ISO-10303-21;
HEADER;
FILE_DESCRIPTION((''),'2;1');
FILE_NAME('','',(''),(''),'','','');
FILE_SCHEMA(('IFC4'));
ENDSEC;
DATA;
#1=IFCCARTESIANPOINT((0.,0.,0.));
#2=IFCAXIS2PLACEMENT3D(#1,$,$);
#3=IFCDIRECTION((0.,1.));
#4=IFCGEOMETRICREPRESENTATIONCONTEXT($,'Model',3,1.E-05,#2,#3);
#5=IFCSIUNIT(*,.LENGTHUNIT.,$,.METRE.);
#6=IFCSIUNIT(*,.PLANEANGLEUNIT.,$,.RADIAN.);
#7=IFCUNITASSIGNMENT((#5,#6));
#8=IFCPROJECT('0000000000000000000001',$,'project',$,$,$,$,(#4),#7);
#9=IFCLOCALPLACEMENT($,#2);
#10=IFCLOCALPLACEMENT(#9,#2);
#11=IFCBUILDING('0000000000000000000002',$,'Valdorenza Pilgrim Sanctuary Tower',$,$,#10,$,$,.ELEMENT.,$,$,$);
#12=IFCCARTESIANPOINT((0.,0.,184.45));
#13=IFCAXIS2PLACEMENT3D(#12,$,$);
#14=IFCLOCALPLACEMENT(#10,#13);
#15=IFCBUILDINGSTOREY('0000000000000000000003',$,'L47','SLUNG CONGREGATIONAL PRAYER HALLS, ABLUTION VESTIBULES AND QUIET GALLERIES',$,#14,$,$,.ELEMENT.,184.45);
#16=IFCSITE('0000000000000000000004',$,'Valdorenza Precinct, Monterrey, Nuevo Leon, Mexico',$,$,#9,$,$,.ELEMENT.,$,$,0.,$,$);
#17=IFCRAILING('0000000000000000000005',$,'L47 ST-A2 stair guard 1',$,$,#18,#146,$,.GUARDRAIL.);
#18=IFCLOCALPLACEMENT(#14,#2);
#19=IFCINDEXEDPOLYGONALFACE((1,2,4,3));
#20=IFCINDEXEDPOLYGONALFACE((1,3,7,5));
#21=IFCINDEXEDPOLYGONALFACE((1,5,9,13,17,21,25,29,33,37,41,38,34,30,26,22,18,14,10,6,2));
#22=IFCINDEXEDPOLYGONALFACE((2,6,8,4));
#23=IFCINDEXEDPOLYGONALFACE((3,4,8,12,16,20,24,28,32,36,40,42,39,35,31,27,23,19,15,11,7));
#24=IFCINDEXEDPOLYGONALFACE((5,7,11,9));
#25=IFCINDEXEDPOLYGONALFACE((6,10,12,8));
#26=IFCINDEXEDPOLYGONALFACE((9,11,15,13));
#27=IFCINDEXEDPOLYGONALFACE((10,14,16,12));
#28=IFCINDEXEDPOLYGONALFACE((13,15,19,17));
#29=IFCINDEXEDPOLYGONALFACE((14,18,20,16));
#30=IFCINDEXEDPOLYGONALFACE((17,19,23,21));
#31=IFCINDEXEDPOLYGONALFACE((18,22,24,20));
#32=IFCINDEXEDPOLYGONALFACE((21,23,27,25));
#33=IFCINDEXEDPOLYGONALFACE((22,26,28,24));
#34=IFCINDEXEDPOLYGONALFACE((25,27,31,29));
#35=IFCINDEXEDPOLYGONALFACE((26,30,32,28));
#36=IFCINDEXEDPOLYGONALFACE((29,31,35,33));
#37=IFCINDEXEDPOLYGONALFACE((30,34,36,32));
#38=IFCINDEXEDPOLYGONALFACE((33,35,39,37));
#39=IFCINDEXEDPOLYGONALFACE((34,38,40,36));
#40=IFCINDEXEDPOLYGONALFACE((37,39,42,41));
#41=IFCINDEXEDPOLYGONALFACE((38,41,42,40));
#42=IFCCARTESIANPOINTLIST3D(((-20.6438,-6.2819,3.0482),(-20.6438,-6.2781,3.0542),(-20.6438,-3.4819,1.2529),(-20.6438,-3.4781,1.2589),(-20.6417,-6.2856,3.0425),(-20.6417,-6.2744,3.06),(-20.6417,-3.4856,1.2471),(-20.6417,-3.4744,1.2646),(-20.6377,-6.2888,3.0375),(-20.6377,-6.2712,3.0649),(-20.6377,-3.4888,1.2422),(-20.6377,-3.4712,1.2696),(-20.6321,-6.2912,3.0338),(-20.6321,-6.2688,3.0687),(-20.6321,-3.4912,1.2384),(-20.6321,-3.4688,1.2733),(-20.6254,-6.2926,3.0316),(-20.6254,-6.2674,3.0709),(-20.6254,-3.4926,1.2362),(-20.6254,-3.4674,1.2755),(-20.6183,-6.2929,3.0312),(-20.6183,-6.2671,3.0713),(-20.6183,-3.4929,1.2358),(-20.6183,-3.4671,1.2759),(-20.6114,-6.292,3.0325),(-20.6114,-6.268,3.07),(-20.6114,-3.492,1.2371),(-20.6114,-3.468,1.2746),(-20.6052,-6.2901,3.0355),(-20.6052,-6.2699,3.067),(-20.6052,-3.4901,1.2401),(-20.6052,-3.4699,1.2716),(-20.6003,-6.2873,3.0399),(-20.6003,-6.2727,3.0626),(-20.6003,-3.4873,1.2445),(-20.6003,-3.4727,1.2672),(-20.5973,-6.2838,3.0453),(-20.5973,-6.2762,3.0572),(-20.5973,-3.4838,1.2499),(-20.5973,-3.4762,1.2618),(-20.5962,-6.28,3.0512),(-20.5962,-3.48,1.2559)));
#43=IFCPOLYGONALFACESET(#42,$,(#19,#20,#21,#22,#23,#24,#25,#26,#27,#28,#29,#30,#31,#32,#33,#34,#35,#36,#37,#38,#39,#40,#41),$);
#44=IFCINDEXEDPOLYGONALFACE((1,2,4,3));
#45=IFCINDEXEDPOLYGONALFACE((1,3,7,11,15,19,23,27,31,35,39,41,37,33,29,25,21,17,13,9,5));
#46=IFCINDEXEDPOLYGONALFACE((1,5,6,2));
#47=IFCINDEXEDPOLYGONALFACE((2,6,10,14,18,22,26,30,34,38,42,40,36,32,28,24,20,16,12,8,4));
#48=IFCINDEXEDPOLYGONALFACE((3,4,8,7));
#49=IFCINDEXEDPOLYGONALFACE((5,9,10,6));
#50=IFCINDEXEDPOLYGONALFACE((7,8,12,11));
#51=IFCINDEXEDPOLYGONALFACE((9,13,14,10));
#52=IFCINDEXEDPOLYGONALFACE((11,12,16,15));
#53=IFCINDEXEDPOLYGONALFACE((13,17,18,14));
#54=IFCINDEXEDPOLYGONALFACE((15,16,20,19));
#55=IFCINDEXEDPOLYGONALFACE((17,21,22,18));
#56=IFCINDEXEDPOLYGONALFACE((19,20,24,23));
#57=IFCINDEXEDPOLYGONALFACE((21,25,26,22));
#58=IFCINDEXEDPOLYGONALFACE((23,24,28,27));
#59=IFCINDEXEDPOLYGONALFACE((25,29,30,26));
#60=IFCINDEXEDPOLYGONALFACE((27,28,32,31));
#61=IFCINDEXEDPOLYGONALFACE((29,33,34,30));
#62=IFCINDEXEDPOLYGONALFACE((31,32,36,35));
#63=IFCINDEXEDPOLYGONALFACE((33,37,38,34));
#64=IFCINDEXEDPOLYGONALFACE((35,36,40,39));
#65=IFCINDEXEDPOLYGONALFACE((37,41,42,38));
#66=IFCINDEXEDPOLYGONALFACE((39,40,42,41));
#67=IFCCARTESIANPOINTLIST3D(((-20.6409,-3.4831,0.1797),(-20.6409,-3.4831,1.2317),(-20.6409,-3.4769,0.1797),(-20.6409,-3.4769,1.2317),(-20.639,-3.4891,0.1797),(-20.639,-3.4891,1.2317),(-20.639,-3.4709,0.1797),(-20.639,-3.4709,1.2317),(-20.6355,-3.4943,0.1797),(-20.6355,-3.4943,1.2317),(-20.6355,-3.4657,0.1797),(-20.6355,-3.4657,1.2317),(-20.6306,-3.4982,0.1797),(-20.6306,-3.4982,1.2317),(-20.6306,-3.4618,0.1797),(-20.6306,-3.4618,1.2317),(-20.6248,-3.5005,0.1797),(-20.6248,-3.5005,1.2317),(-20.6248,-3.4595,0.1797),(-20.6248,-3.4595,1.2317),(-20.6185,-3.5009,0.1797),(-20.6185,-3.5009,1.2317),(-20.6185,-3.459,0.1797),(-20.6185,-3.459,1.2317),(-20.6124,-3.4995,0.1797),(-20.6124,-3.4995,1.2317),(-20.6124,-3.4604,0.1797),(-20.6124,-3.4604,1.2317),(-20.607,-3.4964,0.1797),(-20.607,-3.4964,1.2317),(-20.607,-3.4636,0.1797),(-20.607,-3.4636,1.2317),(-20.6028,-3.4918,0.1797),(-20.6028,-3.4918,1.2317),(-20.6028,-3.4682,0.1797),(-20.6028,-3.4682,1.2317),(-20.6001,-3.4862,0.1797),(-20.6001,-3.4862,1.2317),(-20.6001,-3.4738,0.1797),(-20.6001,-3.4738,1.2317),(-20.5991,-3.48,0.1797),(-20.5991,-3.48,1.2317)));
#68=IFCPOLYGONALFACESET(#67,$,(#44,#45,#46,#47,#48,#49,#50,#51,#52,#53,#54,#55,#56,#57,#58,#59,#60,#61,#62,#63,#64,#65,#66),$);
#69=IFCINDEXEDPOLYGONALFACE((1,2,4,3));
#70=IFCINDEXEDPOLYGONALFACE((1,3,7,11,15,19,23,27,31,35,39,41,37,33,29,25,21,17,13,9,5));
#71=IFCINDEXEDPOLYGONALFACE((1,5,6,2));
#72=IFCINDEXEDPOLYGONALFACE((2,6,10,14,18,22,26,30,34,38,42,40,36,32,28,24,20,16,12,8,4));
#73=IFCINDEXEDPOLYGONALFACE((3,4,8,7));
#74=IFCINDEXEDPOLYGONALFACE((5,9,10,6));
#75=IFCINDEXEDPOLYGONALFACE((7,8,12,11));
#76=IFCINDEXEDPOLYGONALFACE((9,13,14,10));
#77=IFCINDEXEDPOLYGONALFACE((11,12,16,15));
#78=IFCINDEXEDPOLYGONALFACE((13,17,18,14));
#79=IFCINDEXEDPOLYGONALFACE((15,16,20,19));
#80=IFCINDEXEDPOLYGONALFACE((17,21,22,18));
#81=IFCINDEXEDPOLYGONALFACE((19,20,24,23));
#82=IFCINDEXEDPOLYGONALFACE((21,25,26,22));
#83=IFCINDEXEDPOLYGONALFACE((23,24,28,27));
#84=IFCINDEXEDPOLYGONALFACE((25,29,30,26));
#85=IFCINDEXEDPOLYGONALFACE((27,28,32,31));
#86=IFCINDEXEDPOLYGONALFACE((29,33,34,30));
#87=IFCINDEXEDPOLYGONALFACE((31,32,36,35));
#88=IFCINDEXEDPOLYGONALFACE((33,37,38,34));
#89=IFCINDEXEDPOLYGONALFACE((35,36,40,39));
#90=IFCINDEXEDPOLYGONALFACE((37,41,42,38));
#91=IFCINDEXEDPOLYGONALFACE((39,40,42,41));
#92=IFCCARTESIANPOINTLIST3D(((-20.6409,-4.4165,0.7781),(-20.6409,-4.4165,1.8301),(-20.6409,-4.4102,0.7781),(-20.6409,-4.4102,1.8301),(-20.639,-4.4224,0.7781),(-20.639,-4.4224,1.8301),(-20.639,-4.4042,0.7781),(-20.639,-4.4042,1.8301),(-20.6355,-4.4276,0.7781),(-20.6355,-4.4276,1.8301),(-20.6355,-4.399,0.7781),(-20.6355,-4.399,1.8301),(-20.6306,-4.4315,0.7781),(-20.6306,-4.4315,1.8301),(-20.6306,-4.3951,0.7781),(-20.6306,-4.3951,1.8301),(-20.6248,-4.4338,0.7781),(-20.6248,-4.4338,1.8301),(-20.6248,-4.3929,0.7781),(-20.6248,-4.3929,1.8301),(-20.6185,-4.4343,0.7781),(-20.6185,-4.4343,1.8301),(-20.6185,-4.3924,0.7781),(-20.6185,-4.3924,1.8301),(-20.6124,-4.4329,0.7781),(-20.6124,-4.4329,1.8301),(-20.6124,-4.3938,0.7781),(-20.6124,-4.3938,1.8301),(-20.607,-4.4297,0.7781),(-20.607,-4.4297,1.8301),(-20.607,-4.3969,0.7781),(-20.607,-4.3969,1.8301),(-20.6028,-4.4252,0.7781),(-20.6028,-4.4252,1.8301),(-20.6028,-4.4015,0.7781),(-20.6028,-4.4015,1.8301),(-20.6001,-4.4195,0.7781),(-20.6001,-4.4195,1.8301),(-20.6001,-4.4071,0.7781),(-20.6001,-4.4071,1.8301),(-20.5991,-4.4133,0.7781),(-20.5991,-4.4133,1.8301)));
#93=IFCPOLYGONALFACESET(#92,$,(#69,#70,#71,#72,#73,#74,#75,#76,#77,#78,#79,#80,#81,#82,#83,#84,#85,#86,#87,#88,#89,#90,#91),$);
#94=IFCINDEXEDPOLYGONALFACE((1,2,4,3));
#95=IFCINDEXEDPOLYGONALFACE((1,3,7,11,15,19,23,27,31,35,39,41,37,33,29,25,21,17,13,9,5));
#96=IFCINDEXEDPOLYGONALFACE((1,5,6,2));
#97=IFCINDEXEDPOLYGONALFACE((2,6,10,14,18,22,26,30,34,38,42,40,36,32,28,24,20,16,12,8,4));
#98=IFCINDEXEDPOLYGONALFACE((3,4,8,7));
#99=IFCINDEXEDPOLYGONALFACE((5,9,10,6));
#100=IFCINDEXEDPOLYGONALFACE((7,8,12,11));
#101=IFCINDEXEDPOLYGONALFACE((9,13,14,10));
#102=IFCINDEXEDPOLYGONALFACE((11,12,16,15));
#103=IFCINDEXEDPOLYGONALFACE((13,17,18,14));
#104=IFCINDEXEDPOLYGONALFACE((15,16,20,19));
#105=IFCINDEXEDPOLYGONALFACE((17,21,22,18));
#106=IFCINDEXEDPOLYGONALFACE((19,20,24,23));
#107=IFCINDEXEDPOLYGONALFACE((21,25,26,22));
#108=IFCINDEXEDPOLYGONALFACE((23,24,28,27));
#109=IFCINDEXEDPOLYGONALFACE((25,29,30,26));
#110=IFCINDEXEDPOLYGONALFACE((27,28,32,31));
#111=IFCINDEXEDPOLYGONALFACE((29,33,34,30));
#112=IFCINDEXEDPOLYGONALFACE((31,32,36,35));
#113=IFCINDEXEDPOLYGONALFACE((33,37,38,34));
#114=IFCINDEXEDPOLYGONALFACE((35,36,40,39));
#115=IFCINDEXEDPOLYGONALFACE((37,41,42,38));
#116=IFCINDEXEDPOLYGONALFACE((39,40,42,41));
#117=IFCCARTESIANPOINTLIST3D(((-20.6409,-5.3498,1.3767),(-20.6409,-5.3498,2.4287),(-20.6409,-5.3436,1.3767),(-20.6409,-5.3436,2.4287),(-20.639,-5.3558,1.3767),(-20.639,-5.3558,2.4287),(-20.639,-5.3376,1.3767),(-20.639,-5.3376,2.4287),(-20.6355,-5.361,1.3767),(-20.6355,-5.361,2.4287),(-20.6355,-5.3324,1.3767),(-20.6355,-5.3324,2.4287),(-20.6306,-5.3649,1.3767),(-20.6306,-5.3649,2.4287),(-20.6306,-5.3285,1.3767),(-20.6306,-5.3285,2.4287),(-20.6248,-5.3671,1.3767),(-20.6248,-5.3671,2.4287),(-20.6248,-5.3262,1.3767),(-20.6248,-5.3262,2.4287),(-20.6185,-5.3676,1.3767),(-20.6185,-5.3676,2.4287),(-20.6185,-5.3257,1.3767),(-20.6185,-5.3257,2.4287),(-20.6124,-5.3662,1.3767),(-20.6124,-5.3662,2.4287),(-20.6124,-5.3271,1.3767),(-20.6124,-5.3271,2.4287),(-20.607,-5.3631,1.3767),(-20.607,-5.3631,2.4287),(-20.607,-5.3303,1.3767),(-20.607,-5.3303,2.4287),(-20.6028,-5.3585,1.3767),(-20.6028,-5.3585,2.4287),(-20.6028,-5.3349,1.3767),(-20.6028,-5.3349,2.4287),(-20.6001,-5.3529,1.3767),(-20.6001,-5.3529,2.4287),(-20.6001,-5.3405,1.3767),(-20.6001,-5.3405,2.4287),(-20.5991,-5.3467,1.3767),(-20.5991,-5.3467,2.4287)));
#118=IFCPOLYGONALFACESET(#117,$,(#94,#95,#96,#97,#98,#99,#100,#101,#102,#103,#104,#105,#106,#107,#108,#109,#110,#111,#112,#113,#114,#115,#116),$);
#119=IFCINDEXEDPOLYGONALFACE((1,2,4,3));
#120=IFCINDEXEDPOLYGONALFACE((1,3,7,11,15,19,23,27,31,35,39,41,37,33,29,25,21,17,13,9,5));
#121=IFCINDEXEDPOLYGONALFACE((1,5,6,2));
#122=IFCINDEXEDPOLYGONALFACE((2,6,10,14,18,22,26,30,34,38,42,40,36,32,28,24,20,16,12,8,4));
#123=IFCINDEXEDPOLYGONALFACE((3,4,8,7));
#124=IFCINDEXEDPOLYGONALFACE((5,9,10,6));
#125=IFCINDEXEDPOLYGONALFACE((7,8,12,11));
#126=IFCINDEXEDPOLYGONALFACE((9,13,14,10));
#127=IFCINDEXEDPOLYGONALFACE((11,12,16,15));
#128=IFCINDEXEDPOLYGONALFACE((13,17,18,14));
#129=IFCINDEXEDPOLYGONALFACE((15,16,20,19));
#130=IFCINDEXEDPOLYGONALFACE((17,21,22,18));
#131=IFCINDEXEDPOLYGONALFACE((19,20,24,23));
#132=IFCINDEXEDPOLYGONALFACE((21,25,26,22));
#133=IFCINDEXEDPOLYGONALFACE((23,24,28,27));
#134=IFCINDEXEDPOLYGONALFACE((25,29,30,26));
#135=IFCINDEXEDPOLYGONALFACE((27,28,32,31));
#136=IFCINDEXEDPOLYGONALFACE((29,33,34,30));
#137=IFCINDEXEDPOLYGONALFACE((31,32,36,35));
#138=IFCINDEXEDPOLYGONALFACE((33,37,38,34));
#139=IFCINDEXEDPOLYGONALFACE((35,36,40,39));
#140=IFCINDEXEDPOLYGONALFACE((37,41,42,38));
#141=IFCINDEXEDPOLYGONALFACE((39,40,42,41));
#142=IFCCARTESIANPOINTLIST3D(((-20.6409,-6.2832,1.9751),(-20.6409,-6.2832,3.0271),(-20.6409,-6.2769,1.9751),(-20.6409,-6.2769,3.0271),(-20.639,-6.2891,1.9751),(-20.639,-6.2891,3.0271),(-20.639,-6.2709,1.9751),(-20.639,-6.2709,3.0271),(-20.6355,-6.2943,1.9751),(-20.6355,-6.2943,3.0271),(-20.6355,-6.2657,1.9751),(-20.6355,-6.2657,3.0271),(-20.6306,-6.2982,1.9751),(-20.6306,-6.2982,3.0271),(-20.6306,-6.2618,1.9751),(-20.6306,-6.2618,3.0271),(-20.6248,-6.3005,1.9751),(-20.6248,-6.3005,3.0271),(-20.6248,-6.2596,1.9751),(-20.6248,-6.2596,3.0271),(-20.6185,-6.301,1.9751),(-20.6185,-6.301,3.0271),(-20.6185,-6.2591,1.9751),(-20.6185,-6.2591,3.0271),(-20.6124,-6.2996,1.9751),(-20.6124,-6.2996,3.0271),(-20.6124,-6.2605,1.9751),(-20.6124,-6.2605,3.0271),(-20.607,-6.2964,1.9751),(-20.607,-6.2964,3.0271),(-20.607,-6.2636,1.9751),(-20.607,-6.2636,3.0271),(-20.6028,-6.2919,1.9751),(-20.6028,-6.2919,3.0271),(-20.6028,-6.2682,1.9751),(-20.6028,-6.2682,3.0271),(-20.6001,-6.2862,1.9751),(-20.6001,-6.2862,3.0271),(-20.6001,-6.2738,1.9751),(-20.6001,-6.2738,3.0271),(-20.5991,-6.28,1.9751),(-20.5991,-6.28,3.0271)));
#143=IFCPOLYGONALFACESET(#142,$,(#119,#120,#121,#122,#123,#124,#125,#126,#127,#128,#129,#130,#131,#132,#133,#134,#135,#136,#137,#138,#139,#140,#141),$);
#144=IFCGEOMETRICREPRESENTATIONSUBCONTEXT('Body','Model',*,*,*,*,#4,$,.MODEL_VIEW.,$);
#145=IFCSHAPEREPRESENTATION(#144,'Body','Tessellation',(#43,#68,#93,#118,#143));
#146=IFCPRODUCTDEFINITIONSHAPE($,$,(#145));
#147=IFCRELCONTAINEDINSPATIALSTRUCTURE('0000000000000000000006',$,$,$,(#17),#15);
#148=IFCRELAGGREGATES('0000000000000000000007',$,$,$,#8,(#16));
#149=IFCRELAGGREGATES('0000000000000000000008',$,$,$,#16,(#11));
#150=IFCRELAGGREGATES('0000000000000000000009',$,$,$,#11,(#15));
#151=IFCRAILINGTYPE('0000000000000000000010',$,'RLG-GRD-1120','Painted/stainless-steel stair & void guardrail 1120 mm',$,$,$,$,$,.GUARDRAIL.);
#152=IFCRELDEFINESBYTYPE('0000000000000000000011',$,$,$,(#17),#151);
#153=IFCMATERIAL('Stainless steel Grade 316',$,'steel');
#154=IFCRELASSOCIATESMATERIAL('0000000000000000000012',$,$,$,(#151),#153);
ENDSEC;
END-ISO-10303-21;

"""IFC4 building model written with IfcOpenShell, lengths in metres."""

from ifc_helpers import new_model, si_unit, direction, frame, origin, origin_2d, place, context, subcontext, project, spatial, circle, extrude, material, type_object, element, save


model = new_model("IFC4")

# Units and contexts
model_context = context("Model", 3, precision=1e-05, world=origin(), true_north=direction((0.0, 1.0)))
body_context = subcontext(model_context, "Body", "Model", "MODEL_VIEW")
ifc_project = project(units=[si_unit("LENGTHUNIT", "METRE"), si_unit("PLANEANGLEUNIT", "RADIAN")], contexts=[model_context])

# Site, building, storey
site_placement = place(None, origin())
site = spatial("IfcSite", under=ifc_project, at=site_placement, Name="Valdorenza Precinct, Monterrey, Nuevo Leon, Mexico", CompositionType="ELEMENT", RefElevation=0.0)
building_placement = place(site_placement, origin())
building = spatial("IfcBuilding", under=site, at=building_placement, Name="Valdorenza Pilgrim Sanctuary Tower", CompositionType="ELEMENT")
storey_placement = place(building_placement, frame((0.0, 0.0, 184.45)))
storey = spatial("IfcBuildingStorey", under=building, at=storey_placement, Name="L47", Description="SLUNG CONGREGATIONAL PRAYER HALLS, ABLUTION VESTIBULES AND QUIET GALLERIES", CompositionType="ELEMENT", Elevation=184.45)

# Railing
ifc_material_1 = material(Name="Stainless steel Grade 316", Category="steel")
railing_type_1 = type_object("IfcRailingType", Name="RLG-GRD-1120", Description="Painted/stainless-steel stair & void guardrail 1120 mm", PredefinedType="GUARDRAIL", material=ifc_material_1)
railing_1_placement = place(storey_placement, frame((-20.6201, -3.48, 0.1797)))
element("IfcRailing", 1, at=railing_1_placement, inside=storey, type_object=railing_type_1, Name="L47 ST-A2 stair guard 1", PredefinedType="GUARDRAIL", context=body_context, shape_type="SweptSolid", body=[
    extrude(circle(Radius=0.0239, at=origin_2d()), frame((0.0, 0.0, 1.0762), z_axis=(0.0, -0.84181, 0.539774), x_axis=(1.0, 0.0, 0.0)), (0.0, 0.0, 1.0), 3.3262),
    extrude(circle(Radius=0.021, at=origin_2d()), origin(), (0.0, 0.0, 1.0), 1.052),
    extrude(circle(Radius=0.021, at=origin_2d()), frame((0.0, -0.9333, 0.5984)), (0.0, 0.0, 1.0), 1.052),
    extrude(circle(Radius=0.021, at=origin_2d()), frame((0.0, -1.8667, 1.197)), (0.0, 0.0, 1.0), 1.052),
    extrude(circle(Radius=0.021, at=origin_2d()), frame((0.0, -2.8, 1.7954)), (0.0, 0.0, 1.0), 1.052),
])

save(model, "model.ifc")
